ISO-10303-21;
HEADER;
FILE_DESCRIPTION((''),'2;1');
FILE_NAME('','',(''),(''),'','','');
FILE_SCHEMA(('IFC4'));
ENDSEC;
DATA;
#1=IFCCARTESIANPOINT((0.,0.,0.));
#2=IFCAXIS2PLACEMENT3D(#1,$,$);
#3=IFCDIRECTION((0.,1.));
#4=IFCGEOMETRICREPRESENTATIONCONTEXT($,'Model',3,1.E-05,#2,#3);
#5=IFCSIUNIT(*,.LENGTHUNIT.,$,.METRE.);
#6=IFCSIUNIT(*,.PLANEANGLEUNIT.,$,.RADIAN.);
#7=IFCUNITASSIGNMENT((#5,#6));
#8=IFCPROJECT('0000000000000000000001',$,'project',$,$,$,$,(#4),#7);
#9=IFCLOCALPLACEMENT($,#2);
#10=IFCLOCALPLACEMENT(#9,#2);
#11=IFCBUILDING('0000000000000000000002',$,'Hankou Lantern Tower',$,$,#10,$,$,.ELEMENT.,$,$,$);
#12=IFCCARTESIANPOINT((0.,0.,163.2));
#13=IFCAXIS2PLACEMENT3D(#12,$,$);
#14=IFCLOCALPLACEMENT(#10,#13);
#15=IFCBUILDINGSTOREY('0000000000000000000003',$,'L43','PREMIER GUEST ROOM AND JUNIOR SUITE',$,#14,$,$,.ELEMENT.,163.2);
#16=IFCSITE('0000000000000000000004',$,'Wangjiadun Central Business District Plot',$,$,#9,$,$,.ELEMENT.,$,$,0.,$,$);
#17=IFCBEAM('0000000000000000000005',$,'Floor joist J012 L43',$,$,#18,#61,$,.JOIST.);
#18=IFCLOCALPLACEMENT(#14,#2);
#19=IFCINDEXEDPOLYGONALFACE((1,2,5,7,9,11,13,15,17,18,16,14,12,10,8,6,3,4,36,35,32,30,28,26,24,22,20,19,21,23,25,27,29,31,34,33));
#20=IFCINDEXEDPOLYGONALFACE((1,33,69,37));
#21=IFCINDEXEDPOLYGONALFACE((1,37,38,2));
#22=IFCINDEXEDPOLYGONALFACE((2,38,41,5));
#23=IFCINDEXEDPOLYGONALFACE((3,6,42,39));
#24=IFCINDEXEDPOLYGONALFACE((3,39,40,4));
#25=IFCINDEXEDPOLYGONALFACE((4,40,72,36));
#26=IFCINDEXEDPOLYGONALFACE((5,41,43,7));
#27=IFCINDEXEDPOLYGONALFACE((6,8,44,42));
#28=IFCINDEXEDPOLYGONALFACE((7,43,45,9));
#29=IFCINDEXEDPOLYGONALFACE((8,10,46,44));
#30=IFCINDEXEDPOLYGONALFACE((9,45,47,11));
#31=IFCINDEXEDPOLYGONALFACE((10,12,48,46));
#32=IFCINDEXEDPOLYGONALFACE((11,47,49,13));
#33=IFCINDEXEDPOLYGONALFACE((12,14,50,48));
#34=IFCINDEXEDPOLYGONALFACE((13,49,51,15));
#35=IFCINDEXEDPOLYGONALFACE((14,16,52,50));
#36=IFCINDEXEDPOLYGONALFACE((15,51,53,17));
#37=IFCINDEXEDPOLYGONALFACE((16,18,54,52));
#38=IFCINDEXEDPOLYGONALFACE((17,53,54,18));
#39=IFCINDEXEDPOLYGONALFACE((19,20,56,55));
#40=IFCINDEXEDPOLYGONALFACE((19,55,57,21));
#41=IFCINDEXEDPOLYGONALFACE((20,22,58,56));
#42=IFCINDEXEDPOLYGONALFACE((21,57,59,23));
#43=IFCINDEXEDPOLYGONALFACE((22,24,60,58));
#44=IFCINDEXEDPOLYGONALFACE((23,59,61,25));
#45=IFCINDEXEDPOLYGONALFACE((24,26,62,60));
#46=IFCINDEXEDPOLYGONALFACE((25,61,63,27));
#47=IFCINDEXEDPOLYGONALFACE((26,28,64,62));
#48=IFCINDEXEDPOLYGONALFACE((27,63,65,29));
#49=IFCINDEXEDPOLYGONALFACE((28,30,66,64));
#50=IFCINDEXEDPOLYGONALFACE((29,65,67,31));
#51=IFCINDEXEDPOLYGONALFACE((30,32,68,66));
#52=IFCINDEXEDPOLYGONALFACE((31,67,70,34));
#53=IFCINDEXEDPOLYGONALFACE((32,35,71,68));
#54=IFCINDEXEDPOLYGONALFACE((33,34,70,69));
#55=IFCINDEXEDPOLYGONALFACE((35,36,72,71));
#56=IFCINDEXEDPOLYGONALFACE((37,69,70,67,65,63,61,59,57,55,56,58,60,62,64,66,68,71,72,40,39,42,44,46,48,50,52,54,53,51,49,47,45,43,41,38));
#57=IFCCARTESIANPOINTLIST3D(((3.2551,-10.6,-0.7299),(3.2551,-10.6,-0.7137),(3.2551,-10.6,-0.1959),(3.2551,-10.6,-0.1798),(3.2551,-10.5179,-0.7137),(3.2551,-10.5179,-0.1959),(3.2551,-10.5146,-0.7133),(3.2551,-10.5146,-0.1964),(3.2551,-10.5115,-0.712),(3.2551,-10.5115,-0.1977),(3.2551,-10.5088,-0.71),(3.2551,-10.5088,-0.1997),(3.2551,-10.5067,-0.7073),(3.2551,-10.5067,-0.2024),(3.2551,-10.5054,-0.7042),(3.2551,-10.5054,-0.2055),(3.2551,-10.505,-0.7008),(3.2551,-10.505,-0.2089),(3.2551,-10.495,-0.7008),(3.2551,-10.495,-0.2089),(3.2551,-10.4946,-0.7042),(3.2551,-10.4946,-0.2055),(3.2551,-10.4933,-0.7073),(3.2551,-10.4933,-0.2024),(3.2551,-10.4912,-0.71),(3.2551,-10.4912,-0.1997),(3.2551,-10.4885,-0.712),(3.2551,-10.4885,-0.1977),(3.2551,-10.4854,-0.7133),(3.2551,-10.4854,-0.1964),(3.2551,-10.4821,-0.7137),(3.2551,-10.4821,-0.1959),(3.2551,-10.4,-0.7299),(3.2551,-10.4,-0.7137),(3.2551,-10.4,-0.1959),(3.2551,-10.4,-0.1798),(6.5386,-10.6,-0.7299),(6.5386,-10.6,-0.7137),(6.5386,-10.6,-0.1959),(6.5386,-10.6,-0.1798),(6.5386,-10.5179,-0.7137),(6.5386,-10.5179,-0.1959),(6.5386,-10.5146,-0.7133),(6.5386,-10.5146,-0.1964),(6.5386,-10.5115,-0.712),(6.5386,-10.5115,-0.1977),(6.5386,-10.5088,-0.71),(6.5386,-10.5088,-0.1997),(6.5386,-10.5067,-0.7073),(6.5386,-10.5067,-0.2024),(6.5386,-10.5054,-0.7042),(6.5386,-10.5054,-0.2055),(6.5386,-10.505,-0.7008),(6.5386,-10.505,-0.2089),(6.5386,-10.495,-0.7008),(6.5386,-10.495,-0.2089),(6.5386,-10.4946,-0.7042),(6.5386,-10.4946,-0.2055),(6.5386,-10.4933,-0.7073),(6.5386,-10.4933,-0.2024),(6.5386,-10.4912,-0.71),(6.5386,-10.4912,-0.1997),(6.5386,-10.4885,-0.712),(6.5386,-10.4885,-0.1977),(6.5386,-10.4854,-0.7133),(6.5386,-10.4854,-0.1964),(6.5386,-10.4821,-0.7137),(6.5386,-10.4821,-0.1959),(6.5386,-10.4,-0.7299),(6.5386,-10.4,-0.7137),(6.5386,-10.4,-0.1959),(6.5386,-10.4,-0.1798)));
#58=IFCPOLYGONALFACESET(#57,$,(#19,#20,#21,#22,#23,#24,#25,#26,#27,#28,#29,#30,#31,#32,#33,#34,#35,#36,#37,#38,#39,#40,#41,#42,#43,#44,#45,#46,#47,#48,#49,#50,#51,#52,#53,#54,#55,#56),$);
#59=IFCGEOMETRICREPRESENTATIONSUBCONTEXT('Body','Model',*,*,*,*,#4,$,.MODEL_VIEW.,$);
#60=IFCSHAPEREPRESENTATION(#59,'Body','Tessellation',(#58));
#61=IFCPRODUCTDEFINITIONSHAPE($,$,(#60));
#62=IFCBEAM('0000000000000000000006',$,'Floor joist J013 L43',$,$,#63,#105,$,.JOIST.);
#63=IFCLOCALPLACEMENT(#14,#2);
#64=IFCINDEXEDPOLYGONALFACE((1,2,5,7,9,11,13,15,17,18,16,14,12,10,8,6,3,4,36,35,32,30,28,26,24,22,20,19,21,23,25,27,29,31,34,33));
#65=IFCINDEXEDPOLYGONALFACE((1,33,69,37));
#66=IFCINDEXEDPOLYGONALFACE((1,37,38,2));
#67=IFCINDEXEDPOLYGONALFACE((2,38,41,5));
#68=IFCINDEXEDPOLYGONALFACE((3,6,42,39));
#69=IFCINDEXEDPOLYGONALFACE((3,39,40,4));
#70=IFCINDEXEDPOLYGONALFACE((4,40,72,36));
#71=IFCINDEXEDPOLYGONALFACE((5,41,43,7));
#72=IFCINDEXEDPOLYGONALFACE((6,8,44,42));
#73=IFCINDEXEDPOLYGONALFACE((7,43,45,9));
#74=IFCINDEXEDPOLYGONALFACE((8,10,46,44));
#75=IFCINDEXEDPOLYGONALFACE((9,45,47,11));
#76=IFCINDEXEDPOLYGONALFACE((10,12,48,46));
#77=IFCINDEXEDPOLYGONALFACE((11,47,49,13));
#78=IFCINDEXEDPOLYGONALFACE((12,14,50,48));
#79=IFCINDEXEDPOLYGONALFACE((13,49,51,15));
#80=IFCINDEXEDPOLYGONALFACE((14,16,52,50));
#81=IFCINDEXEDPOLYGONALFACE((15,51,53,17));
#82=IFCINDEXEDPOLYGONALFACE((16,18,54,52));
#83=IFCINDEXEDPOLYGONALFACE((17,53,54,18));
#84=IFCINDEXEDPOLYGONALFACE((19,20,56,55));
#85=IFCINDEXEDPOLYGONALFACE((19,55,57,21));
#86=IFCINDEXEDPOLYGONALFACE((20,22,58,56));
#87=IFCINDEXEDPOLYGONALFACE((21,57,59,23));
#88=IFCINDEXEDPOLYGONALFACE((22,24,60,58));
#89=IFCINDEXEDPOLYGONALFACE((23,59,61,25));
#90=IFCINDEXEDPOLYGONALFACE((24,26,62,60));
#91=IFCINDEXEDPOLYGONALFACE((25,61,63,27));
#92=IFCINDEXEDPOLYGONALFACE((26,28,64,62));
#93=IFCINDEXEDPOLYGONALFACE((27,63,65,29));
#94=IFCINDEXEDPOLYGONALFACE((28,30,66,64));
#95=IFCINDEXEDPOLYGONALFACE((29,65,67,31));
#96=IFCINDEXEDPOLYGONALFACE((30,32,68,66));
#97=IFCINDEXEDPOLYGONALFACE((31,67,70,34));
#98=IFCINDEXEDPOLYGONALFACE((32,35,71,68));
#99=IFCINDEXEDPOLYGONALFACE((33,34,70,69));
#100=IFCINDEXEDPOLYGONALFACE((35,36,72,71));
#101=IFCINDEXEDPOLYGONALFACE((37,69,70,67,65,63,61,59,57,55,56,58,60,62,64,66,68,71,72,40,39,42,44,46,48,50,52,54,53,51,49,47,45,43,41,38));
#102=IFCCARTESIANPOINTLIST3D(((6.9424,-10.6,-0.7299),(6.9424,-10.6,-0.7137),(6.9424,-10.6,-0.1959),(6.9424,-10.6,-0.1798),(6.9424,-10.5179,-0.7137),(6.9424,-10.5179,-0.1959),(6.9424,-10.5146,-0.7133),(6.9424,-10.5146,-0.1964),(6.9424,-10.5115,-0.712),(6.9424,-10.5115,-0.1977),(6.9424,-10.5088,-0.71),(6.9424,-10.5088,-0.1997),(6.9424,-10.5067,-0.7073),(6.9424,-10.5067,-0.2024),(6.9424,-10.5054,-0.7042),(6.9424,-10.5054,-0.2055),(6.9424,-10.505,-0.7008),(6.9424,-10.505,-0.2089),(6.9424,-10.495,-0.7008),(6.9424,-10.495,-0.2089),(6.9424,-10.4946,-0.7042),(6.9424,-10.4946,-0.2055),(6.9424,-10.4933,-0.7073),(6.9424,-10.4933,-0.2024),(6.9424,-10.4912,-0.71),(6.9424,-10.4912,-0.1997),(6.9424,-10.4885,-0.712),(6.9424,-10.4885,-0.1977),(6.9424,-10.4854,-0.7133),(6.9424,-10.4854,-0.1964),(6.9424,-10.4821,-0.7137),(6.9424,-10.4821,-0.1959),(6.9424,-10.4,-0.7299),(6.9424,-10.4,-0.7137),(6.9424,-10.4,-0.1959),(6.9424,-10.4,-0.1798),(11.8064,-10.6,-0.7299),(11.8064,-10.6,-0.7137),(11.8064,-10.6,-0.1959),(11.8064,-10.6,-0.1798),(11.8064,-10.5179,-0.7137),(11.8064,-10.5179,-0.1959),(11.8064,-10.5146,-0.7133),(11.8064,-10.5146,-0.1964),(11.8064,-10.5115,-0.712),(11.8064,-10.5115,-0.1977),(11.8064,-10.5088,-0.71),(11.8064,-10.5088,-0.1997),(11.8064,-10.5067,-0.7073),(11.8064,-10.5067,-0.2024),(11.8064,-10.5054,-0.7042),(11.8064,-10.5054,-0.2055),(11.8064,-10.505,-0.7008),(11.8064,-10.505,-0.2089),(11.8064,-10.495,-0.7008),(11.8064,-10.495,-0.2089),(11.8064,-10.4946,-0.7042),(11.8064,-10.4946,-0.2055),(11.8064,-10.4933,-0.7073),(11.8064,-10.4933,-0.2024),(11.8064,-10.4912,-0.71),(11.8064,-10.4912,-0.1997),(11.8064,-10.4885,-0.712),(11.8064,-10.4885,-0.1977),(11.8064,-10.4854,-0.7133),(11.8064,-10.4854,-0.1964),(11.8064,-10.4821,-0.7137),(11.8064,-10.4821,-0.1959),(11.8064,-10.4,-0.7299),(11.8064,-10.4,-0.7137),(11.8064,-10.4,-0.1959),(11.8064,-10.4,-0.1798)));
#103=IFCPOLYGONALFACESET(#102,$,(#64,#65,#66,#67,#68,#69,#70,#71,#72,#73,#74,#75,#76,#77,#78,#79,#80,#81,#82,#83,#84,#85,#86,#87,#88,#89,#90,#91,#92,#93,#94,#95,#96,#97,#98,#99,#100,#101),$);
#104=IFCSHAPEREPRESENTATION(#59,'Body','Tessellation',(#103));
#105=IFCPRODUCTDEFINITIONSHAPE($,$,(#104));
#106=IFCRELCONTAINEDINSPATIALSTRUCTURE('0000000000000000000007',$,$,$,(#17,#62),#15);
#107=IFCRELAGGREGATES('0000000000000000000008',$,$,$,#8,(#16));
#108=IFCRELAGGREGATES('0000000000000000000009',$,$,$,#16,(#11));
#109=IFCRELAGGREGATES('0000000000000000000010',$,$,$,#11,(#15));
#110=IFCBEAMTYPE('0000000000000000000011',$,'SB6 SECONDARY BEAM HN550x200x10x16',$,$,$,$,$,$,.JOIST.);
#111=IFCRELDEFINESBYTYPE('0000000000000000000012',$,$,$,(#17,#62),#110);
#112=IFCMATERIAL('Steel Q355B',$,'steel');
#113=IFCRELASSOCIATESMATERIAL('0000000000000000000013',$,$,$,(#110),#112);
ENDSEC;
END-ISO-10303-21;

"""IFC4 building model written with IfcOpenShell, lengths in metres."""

from ifc_helpers import new_model, si_unit, direction, frame, origin, origin_2d, place, context, subcontext, project, spatial, i_section, extrude, material, material_profile, profile_set, type_object, element, save


model = new_model("IFC4")

# Units and contexts
model_context = context("Model", 3, precision=1e-05, world=origin(), true_north=direction((0.0, 1.0)))
body_context = subcontext(model_context, "Body", "Model", "MODEL_VIEW")
ifc_project = project(units=[si_unit("LENGTHUNIT", "METRE"), si_unit("PLANEANGLEUNIT", "RADIAN")], contexts=[model_context])

# Site, building, storey
site_placement = place(None, origin())
site = spatial("IfcSite", under=ifc_project, at=site_placement, Name="Wangjiadun Central Business District Plot", CompositionType="ELEMENT", RefElevation=0.0)
building_placement = place(site_placement, origin())
building = spatial("IfcBuilding", under=site, at=building_placement, Name="Hankou Lantern Tower", CompositionType="ELEMENT")
storey_placement = place(building_placement, frame((0.0, 0.0, 163.2)))
storey = spatial("IfcBuildingStorey", under=building, at=storey_placement, Name="L43", Description="PREMIER GUEST ROOM AND JUNIOR SUITE", CompositionType="ELEMENT", Elevation=163.2)

# Beams
ifc_material_1 = material(Name="Steel Q355B", Category="steel")
ifc_material_profile_1 = material_profile(ifc_material_1, i_section(OverallWidth=0.2, OverallDepth=0.55, WebThickness=0.01, FlangeThickness=0.0161, FilletRadius=0.0129, at=origin_2d()), Name="HN550x200x10x16")
ifc_profile_set_1 = profile_set([ifc_material_profile_1], Name="Steel Q355B")
beam_type_1 = type_object("IfcBeamType", Name="SB6 SECONDARY BEAM HN550x200x10x16", PredefinedType="JOIST", material=ifc_profile_set_1)
beam_1_placement = place(storey_placement, frame((3.2551, -10.5, -0.4548), z_axis=(1.0, 0.0, 0.0), x_axis=(0.0, 1.0, 0.0)))
element("IfcBeam", 1, at=beam_1_placement, inside=storey, type_object=beam_type_1, Name="Floor joist J012 L43", PredefinedType="JOIST", context=body_context, shape_type="SweptSolid", body=[
    extrude(i_section(OverallWidth=0.2, OverallDepth=0.55, WebThickness=0.01, FlangeThickness=0.0161, FilletRadius=0.0129, at=origin_2d()), origin(), (0.0, 0.0, 1.0), 3.2834),
])
beam_2_placement = place(storey_placement, frame((6.9424, -10.5, -0.4548), z_axis=(1.0, 0.0, 0.0), x_axis=(0.0, 1.0, 0.0)))
element("IfcBeam", 2, at=beam_2_placement, inside=storey, type_object=beam_type_1, Name="Floor joist J013 L43", PredefinedType="JOIST", context=body_context, shape_type="SweptSolid", body=[
    extrude(i_section(OverallWidth=0.2, OverallDepth=0.55, WebThickness=0.01, FlangeThickness=0.0161, FilletRadius=0.0129, at=origin_2d()), origin(), (0.0, 0.0, 1.0), 4.864),
])

save(model, "model.ifc")
